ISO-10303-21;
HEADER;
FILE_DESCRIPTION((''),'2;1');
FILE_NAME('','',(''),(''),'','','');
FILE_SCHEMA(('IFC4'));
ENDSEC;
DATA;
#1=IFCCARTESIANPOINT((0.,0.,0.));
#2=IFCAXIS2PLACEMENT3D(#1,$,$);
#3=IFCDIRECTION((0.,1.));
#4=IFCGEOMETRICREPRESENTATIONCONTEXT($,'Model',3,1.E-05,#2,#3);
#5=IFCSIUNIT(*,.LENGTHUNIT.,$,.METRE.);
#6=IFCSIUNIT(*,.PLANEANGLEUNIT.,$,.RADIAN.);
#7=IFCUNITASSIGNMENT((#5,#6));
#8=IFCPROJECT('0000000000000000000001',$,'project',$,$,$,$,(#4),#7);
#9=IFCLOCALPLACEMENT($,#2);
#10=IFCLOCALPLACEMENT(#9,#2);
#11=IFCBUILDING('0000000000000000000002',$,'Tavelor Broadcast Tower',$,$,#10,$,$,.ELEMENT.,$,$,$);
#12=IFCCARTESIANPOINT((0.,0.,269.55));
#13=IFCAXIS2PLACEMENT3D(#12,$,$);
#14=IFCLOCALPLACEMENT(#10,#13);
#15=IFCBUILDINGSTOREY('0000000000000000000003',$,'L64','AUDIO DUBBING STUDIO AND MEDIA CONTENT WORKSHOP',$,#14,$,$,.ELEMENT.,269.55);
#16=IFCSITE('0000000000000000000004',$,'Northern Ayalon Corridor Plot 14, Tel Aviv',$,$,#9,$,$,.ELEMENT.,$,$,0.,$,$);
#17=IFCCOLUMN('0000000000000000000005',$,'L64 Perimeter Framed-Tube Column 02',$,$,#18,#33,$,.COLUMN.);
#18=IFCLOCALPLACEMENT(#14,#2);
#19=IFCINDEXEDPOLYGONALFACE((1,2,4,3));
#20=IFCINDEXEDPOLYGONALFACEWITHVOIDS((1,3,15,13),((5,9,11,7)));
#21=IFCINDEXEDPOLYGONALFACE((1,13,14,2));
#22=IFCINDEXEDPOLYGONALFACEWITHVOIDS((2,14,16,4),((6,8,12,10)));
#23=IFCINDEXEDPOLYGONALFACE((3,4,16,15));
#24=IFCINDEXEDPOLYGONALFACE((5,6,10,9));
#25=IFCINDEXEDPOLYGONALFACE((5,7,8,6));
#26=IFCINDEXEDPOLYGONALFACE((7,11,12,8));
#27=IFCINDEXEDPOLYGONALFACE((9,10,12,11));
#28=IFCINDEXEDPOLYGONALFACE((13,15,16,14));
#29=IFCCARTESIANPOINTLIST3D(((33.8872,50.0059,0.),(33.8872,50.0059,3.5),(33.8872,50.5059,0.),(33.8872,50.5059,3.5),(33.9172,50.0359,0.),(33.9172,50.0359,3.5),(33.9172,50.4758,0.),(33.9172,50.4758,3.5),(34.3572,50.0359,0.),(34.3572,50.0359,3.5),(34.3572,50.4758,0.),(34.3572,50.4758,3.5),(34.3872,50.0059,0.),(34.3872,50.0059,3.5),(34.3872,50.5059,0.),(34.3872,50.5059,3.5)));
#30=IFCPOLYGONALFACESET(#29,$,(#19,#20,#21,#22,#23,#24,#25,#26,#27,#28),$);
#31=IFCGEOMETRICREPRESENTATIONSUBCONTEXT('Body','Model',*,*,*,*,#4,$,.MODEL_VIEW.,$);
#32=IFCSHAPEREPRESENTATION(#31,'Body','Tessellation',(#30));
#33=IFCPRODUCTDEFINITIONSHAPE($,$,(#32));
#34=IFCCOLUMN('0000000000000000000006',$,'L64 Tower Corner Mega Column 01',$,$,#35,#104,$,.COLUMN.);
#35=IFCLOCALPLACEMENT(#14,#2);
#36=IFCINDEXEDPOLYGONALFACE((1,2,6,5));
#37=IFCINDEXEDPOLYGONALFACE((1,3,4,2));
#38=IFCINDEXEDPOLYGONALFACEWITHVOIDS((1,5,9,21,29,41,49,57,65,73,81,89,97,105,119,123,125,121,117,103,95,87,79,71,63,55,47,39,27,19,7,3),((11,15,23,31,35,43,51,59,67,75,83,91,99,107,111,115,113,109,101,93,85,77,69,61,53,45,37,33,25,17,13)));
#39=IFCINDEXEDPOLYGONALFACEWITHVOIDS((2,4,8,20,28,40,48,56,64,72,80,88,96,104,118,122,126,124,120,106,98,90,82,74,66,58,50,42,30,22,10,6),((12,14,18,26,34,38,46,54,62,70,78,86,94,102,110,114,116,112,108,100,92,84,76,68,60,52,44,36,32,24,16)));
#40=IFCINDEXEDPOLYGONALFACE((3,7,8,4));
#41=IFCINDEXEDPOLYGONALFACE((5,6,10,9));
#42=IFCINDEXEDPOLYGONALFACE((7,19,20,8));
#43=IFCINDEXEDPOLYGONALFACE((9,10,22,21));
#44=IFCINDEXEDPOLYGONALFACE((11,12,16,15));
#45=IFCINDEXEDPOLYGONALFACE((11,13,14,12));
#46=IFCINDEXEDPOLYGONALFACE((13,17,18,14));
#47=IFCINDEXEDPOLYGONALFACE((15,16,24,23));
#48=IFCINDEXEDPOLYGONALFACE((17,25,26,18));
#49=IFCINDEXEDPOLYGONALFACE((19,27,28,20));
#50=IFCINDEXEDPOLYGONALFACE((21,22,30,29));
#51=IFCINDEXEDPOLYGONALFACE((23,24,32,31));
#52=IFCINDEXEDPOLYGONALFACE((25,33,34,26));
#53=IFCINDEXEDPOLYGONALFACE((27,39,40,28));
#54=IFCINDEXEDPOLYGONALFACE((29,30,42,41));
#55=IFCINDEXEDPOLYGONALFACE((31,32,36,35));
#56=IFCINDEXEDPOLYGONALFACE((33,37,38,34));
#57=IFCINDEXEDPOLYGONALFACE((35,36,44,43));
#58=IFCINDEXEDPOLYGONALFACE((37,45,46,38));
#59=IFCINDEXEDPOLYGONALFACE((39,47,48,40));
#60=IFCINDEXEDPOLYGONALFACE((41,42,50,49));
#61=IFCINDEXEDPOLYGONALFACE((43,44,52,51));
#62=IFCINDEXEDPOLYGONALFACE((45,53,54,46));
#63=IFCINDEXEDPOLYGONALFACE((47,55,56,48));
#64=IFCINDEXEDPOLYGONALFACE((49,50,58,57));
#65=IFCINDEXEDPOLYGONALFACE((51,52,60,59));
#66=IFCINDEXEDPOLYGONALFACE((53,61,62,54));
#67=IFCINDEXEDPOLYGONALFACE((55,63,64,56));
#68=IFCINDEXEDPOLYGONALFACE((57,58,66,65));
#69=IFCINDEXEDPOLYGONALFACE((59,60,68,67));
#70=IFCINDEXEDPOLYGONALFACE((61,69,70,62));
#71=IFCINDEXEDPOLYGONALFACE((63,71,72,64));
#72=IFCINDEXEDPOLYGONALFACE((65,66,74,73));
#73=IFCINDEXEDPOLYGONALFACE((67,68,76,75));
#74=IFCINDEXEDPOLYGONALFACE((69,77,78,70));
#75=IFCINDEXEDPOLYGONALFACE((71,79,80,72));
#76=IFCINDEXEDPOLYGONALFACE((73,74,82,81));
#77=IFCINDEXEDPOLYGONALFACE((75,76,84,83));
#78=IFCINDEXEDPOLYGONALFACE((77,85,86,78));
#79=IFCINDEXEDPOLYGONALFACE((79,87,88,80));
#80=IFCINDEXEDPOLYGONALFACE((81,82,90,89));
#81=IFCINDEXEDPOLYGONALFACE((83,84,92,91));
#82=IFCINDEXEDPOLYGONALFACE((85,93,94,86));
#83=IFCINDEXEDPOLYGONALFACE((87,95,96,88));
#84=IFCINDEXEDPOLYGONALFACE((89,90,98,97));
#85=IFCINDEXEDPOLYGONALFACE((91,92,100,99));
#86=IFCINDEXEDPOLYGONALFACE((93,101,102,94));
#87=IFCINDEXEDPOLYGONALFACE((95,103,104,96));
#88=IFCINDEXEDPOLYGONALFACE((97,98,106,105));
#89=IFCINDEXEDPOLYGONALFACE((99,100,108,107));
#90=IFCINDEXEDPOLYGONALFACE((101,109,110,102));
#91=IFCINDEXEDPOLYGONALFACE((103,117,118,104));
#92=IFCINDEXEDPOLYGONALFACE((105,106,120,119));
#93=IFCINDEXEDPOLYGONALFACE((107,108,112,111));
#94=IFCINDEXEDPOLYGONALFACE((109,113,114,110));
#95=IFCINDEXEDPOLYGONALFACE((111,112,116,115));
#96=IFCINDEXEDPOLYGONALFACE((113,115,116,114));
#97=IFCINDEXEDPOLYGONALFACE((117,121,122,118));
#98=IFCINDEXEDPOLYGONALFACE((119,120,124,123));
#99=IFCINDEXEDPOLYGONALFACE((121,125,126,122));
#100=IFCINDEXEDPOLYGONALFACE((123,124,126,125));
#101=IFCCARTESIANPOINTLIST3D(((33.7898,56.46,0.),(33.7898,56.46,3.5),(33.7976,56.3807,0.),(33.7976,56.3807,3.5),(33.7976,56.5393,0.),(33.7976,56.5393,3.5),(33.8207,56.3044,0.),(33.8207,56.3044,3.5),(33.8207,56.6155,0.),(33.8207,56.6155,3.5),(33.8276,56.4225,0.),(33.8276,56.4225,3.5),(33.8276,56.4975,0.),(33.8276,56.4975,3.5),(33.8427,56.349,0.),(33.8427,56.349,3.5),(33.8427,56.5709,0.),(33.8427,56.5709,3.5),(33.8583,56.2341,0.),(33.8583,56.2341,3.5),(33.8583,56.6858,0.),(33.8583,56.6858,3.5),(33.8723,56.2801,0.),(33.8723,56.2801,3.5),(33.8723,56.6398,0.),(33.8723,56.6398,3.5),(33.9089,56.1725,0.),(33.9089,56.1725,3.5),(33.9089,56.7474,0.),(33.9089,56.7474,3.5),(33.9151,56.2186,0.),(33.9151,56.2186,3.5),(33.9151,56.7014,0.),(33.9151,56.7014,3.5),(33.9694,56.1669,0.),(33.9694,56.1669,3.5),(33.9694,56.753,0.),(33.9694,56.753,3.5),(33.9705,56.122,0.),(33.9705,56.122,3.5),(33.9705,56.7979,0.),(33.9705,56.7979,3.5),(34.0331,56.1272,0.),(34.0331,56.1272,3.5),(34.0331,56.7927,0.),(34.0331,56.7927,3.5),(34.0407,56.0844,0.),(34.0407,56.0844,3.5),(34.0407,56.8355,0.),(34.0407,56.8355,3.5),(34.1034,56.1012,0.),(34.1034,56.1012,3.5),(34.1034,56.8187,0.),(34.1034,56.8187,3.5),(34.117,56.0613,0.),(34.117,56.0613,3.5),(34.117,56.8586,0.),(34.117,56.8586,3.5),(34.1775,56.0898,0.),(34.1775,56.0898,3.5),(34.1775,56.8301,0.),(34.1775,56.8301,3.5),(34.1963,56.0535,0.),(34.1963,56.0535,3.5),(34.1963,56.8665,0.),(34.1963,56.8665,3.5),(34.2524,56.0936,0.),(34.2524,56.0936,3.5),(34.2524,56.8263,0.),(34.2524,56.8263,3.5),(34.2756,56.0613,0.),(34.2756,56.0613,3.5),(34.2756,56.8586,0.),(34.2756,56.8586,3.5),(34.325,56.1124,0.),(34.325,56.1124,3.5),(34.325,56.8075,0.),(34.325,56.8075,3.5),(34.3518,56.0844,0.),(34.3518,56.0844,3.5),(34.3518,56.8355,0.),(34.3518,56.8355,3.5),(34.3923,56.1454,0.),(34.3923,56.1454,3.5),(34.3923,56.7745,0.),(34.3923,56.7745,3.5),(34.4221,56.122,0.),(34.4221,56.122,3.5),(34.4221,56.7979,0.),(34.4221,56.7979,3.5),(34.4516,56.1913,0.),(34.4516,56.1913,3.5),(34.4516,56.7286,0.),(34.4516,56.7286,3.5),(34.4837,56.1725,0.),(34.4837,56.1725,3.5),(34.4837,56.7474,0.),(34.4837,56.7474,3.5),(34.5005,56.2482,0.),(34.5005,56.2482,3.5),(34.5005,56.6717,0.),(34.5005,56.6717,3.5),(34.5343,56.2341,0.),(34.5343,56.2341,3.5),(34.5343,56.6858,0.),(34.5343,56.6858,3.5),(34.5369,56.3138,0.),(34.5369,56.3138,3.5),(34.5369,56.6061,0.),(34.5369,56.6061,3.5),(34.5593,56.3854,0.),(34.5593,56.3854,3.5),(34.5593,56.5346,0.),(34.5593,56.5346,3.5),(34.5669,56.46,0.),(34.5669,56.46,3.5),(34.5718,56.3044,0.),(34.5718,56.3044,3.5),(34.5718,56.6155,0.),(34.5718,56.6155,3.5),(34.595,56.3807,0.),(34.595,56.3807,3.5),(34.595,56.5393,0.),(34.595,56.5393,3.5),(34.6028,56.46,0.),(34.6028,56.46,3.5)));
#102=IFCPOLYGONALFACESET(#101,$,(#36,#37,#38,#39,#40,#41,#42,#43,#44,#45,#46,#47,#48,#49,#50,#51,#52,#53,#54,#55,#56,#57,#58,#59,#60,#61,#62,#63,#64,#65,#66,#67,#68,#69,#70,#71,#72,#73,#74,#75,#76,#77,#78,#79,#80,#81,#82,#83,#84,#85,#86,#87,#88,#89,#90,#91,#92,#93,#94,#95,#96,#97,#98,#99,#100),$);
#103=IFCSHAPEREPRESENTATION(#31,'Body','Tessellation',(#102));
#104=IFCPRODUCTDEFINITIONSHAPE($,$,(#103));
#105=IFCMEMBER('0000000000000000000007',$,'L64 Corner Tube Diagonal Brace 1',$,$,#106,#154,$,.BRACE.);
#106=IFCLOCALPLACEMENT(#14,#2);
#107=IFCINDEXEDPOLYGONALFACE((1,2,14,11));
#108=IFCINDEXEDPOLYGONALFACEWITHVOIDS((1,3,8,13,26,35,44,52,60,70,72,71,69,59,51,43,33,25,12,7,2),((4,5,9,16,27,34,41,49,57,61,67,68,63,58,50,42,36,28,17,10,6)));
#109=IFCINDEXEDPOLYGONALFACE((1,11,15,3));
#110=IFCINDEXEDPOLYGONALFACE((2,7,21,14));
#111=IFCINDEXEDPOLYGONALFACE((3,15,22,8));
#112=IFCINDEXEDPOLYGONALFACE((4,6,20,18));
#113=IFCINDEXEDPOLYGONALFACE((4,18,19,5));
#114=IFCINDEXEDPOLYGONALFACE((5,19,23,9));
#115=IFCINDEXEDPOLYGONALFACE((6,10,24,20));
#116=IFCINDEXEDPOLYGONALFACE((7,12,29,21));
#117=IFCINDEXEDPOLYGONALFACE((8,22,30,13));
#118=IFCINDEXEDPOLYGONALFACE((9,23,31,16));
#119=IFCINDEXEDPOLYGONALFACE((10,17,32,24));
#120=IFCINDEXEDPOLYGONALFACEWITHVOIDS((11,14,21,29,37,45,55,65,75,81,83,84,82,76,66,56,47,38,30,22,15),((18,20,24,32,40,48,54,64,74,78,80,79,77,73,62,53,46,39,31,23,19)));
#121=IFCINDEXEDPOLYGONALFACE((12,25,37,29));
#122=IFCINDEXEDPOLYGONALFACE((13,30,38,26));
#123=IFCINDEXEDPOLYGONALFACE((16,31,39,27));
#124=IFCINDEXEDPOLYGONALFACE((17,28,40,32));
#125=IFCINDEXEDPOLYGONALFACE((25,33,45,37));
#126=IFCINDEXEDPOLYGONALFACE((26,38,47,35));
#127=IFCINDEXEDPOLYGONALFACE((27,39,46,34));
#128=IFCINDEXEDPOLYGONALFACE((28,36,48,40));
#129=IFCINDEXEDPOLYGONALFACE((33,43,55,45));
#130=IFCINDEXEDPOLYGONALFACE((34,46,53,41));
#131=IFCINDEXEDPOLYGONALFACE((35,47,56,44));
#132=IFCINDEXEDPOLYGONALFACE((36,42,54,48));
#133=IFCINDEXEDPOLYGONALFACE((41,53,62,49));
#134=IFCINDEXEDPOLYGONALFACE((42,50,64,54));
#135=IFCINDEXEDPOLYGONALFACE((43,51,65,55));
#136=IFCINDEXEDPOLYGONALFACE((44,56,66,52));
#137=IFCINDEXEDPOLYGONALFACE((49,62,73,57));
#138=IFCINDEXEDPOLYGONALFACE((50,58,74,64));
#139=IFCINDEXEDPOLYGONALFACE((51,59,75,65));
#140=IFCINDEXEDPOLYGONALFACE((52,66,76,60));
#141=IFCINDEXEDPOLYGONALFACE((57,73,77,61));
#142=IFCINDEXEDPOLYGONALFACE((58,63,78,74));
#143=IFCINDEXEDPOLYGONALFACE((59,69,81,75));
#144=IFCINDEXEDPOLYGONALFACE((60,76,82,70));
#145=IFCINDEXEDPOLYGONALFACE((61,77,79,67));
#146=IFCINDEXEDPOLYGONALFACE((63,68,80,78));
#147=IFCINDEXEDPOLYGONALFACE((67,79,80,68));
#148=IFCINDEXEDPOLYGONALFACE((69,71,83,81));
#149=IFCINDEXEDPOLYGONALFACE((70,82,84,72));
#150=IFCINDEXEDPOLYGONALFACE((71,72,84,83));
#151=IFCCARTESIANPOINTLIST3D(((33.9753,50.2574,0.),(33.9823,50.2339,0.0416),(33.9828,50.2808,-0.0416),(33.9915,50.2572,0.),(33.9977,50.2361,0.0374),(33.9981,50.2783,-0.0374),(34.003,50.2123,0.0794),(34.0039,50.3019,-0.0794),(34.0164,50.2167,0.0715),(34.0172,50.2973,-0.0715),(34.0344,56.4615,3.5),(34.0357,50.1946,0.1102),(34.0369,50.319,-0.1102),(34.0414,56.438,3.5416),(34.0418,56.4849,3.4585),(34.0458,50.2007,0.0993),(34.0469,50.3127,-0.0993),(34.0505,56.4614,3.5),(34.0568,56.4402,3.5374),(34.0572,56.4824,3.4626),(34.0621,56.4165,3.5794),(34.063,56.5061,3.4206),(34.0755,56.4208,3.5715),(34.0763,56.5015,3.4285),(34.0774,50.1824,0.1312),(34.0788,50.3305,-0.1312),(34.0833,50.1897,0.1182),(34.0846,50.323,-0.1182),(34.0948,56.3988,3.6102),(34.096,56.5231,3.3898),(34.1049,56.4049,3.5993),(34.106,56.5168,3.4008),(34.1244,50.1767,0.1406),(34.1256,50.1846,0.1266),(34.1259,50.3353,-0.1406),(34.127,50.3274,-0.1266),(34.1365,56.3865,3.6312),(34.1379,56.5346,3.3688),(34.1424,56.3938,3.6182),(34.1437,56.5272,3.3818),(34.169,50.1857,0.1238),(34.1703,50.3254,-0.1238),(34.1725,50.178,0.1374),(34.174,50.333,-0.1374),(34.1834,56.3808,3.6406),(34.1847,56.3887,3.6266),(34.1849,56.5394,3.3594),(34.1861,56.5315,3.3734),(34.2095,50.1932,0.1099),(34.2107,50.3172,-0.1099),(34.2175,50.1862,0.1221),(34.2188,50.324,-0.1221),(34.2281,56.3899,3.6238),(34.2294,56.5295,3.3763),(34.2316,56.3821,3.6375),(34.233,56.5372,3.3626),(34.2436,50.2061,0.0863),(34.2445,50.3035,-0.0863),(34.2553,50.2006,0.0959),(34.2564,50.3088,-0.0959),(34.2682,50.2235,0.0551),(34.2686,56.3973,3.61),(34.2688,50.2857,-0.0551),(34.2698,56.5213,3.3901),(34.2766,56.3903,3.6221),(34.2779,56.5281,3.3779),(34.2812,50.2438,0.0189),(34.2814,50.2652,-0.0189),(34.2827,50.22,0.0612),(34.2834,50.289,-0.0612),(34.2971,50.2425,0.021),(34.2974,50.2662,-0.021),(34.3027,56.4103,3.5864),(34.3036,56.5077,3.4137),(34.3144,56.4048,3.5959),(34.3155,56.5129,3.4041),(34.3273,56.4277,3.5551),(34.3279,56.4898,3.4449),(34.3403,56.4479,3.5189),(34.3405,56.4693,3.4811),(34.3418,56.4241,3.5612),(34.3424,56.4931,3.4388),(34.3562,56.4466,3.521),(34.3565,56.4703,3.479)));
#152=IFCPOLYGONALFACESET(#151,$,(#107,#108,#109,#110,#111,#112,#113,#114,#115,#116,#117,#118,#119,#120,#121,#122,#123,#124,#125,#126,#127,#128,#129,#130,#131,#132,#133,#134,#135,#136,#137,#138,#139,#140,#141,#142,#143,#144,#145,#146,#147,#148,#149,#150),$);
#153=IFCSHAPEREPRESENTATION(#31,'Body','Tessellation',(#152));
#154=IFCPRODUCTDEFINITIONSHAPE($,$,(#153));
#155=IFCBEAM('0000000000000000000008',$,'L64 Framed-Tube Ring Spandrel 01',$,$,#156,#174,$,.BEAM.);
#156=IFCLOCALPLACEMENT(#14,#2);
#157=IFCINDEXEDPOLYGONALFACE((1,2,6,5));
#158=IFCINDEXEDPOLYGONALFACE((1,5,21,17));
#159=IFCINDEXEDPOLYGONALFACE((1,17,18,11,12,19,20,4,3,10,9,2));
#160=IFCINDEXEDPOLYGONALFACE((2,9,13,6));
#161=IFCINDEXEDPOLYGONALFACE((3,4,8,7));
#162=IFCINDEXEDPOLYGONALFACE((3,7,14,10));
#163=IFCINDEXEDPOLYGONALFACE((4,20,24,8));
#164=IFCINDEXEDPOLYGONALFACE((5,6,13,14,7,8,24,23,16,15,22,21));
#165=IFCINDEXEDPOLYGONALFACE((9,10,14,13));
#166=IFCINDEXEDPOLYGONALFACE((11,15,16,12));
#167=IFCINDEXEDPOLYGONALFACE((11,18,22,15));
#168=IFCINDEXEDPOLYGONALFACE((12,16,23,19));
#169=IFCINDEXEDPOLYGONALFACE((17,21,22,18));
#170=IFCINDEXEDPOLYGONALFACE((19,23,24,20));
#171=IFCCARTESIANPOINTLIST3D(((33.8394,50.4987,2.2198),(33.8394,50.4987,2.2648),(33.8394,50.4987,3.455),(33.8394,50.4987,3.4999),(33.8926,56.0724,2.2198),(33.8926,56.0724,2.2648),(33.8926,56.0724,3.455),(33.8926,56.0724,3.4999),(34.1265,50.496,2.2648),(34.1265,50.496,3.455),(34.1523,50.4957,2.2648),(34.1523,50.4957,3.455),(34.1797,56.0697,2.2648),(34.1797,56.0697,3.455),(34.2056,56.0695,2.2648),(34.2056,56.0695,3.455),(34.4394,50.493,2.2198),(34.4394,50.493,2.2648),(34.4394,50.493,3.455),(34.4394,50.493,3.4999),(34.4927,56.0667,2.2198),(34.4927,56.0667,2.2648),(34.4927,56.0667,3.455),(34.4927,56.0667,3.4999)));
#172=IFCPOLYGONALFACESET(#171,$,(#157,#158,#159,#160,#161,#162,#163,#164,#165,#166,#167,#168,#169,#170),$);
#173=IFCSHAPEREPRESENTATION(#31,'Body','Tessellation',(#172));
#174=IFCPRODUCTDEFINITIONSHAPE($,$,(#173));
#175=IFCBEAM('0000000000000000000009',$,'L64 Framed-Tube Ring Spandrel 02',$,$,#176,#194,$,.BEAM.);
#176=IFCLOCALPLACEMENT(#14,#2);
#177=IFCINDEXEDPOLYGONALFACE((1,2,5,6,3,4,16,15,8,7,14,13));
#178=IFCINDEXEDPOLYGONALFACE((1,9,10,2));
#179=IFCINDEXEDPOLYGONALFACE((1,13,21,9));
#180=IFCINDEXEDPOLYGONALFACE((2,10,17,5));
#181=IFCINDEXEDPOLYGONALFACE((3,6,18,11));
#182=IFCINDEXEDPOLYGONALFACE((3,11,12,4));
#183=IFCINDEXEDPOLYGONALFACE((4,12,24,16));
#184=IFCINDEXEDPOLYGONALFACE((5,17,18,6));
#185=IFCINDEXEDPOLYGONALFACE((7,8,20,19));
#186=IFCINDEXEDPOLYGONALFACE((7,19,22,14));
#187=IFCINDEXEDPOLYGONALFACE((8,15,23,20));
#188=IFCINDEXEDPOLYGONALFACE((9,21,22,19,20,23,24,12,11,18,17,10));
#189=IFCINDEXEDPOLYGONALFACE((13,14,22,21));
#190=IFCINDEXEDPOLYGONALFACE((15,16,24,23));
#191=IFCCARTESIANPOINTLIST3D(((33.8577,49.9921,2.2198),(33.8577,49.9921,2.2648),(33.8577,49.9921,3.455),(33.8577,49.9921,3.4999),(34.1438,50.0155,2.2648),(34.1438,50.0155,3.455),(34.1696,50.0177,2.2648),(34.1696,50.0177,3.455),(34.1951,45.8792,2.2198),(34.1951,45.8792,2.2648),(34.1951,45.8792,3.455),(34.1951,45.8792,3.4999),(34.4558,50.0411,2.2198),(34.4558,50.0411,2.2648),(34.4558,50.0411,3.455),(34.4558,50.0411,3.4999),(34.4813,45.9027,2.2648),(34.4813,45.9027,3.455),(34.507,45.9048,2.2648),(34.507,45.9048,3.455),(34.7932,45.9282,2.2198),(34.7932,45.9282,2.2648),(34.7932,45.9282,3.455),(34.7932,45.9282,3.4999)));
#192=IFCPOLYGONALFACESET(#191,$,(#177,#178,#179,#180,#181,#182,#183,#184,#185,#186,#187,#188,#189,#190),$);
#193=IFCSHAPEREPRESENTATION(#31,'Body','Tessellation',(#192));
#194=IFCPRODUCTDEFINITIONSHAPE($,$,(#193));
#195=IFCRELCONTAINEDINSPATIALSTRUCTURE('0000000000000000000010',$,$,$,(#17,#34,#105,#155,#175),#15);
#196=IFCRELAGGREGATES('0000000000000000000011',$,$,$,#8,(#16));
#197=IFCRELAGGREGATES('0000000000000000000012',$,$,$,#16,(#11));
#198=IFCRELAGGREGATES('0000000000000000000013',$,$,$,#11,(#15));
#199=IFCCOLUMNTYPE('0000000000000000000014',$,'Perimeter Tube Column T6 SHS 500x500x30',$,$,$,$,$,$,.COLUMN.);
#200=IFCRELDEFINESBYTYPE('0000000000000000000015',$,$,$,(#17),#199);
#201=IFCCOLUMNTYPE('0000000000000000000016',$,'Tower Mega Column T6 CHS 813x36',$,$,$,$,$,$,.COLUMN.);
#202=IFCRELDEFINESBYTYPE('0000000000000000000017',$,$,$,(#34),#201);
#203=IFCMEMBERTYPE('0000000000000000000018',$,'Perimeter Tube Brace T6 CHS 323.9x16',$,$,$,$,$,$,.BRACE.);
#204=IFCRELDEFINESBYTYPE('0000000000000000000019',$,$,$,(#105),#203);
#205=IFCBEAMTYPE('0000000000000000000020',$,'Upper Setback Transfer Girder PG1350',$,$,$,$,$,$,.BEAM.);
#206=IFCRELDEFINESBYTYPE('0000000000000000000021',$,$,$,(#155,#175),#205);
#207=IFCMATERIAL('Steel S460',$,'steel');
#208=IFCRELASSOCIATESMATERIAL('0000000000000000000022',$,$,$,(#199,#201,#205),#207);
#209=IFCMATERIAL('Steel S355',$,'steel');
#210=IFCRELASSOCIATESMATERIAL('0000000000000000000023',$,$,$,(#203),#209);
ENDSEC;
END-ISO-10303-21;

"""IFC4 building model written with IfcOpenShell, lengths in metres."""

from ifc_helpers import new_model, si_unit, direction, frame, origin, origin_2d, place, context, subcontext, project, spatial, hollow_rectangle, hollow_circle, i_section, extrude, material, material_profile, profile_set, type_object, element, save


model = new_model("IFC4")

# Units and contexts
model_context = context("Model", 3, precision=1e-05, world=origin(), true_north=direction((0.0, 1.0)))
body_context = subcontext(model_context, "Body", "Model", "MODEL_VIEW")
ifc_project = project(units=[si_unit("LENGTHUNIT", "METRE"), si_unit("PLANEANGLEUNIT", "RADIAN")], contexts=[model_context])

# Site, building, storey
site_placement = place(None, origin())
site = spatial("IfcSite", under=ifc_project, at=site_placement, Name="Northern Ayalon Corridor Plot 14, Tel Aviv", CompositionType="ELEMENT", RefElevation=0.0)
building_placement = place(site_placement, origin())
building = spatial("IfcBuilding", under=site, at=building_placement, Name="Tavelor Broadcast Tower", CompositionType="ELEMENT")
storey_placement = place(building_placement, frame((0.0, 0.0, 269.55)))
storey = spatial("IfcBuildingStorey", under=building, at=storey_placement, Name="L64", Description="AUDIO DUBBING STUDIO AND MEDIA CONTENT WORKSHOP", CompositionType="ELEMENT", Elevation=269.55)

# Columns
ifc_material_1 = material(Name="Steel S460", Category="steel")
ifc_material_profile_1 = material_profile(ifc_material_1, hollow_rectangle(XDim=0.5, YDim=0.5, WallThickness=0.03, at=origin_2d()), Name="SHS 500x500x30")
ifc_profile_set_1 = profile_set([ifc_material_profile_1], Name="Steel S460")
column_type_1 = type_object("IfcColumnType", Name="Perimeter Tube Column T6 SHS 500x500x30", PredefinedType="COLUMN", material=ifc_profile_set_1)
column_1_placement = place(storey_placement, frame((34.1372, 50.2559, 0.0), z_axis=(0.0, 0.0, 1.0), x_axis=(1.0, 0.0, 0.0)))
element("IfcColumn", 1, at=column_1_placement, inside=storey, type_object=column_type_1, Name="L64 Perimeter Framed-Tube Column 02", PredefinedType="COLUMN", context=body_context, shape_type="SweptSolid", body=[
    extrude(hollow_rectangle(XDim=0.5, YDim=0.5, WallThickness=0.03, at=origin_2d()), origin(), (0.0, 0.0, 1.0), 3.5),
])
ifc_material_profile_2 = material_profile(ifc_material_1, hollow_circle(Radius=0.4065, WallThickness=0.0359, at=origin_2d()), Name="CHS 813x36")
ifc_profile_set_2 = profile_set([ifc_material_profile_2], Name="Steel S460")
column_type_2 = type_object("IfcColumnType", Name="Tower Mega Column T6 CHS 813x36", PredefinedType="COLUMN", material=ifc_profile_set_2)
column_2_placement = place(storey_placement, frame((34.1963, 56.46, 0.0), z_axis=(0.0, 0.0, 1.0), x_axis=(1.0, 0.0, 0.0)))
element("IfcColumn", 2, at=column_2_placement, inside=storey, type_object=column_type_2, Name="L64 Tower Corner Mega Column 01", PredefinedType="COLUMN", context=body_context, shape_type="SweptSolid", body=[
    extrude(hollow_circle(Radius=0.4065, WallThickness=0.0359, at=origin_2d()), origin(), (0.0, 0.0, 1.0), 3.5),
])

# Member
ifc_material_2 = material(Name="Steel S355", Category="steel")
ifc_material_profile_3 = material_profile(ifc_material_2, hollow_circle(Radius=0.1619, WallThickness=0.0161, at=origin_2d()), Name="CHS 323.9x16")
ifc_profile_set_3 = profile_set([ifc_material_profile_3], Name="Steel S355")
member_type_1 = type_object("IfcMemberType", Name="Perimeter Tube Brace T6 CHS 323.9x16", PredefinedType="BRACE", material=ifc_profile_set_3)
member_1_placement = place(storey_placement, frame((34.1372, 50.2559, 0.0), z_axis=(0.008294, 0.870933, 0.491331), x_axis=(-0.999955, 0.009523, 0.0)))
element("IfcMember", 3, at=member_1_placement, inside=storey, type_object=member_type_1, Name="L64 Corner Tube Diagonal Brace 1", PredefinedType="BRACE", context=body_context, shape_type="SweptSolid", body=[
    extrude(hollow_circle(Radius=0.1619, WallThickness=0.0161, at=origin_2d()), origin(), (0.0, 0.0, 1.0), 7.1235),
])

# Beams
ifc_material_profile_4 = material_profile(ifc_material_1, i_section(OverallWidth=0.6001, OverallDepth=1.28, WebThickness=0.0259, FlangeThickness=0.0449, at=origin_2d()), Name="PG 1280x600")
ifc_profile_set_4 = profile_set([ifc_material_profile_4], Name="Steel S460")
beam_type = type_object("IfcBeamType", Name="Upper Setback Transfer Girder PG1350", PredefinedType="BEAM", material=ifc_profile_set_4)
beam_1_placement = place(storey_placement, frame((34.1926, 56.0696, 2.8599), z_axis=(-0.009548, -0.999954, 0.0), x_axis=(0.999954, -0.009548, 0.0)))
element("IfcBeam", 4, at=beam_1_placement, inside=storey, type_object=beam_type, Name="L64 Framed-Tube Ring Spandrel 01", PredefinedType="BEAM", context=body_context, shape_type="SweptSolid", body=[
    extrude(i_section(OverallWidth=0.6001, OverallDepth=1.28, WebThickness=0.0259, FlangeThickness=0.0449, at=origin_2d()), origin(), (0.0, 0.0, 1.0), 5.574),
])
beam_2_placement = place(storey_placement, frame((34.1567, 50.0166, 2.8599), z_axis=(0.081763, -0.996652, 0.0), x_axis=(0.996652, 0.081763, 0.0)))
element("IfcBeam", 5, at=beam_2_placement, inside=storey, type_object=beam_type, Name="L64 Framed-Tube Ring Spandrel 02", PredefinedType="BEAM", context=body_context, shape_type="SweptSolid", body=[
    extrude(i_section(OverallWidth=0.6001, OverallDepth=1.28, WebThickness=0.0259, FlangeThickness=0.0449, at=origin_2d()), origin(), (0.0, 0.0, 1.0), 4.1267),
])

save(model, "model.ifc")
